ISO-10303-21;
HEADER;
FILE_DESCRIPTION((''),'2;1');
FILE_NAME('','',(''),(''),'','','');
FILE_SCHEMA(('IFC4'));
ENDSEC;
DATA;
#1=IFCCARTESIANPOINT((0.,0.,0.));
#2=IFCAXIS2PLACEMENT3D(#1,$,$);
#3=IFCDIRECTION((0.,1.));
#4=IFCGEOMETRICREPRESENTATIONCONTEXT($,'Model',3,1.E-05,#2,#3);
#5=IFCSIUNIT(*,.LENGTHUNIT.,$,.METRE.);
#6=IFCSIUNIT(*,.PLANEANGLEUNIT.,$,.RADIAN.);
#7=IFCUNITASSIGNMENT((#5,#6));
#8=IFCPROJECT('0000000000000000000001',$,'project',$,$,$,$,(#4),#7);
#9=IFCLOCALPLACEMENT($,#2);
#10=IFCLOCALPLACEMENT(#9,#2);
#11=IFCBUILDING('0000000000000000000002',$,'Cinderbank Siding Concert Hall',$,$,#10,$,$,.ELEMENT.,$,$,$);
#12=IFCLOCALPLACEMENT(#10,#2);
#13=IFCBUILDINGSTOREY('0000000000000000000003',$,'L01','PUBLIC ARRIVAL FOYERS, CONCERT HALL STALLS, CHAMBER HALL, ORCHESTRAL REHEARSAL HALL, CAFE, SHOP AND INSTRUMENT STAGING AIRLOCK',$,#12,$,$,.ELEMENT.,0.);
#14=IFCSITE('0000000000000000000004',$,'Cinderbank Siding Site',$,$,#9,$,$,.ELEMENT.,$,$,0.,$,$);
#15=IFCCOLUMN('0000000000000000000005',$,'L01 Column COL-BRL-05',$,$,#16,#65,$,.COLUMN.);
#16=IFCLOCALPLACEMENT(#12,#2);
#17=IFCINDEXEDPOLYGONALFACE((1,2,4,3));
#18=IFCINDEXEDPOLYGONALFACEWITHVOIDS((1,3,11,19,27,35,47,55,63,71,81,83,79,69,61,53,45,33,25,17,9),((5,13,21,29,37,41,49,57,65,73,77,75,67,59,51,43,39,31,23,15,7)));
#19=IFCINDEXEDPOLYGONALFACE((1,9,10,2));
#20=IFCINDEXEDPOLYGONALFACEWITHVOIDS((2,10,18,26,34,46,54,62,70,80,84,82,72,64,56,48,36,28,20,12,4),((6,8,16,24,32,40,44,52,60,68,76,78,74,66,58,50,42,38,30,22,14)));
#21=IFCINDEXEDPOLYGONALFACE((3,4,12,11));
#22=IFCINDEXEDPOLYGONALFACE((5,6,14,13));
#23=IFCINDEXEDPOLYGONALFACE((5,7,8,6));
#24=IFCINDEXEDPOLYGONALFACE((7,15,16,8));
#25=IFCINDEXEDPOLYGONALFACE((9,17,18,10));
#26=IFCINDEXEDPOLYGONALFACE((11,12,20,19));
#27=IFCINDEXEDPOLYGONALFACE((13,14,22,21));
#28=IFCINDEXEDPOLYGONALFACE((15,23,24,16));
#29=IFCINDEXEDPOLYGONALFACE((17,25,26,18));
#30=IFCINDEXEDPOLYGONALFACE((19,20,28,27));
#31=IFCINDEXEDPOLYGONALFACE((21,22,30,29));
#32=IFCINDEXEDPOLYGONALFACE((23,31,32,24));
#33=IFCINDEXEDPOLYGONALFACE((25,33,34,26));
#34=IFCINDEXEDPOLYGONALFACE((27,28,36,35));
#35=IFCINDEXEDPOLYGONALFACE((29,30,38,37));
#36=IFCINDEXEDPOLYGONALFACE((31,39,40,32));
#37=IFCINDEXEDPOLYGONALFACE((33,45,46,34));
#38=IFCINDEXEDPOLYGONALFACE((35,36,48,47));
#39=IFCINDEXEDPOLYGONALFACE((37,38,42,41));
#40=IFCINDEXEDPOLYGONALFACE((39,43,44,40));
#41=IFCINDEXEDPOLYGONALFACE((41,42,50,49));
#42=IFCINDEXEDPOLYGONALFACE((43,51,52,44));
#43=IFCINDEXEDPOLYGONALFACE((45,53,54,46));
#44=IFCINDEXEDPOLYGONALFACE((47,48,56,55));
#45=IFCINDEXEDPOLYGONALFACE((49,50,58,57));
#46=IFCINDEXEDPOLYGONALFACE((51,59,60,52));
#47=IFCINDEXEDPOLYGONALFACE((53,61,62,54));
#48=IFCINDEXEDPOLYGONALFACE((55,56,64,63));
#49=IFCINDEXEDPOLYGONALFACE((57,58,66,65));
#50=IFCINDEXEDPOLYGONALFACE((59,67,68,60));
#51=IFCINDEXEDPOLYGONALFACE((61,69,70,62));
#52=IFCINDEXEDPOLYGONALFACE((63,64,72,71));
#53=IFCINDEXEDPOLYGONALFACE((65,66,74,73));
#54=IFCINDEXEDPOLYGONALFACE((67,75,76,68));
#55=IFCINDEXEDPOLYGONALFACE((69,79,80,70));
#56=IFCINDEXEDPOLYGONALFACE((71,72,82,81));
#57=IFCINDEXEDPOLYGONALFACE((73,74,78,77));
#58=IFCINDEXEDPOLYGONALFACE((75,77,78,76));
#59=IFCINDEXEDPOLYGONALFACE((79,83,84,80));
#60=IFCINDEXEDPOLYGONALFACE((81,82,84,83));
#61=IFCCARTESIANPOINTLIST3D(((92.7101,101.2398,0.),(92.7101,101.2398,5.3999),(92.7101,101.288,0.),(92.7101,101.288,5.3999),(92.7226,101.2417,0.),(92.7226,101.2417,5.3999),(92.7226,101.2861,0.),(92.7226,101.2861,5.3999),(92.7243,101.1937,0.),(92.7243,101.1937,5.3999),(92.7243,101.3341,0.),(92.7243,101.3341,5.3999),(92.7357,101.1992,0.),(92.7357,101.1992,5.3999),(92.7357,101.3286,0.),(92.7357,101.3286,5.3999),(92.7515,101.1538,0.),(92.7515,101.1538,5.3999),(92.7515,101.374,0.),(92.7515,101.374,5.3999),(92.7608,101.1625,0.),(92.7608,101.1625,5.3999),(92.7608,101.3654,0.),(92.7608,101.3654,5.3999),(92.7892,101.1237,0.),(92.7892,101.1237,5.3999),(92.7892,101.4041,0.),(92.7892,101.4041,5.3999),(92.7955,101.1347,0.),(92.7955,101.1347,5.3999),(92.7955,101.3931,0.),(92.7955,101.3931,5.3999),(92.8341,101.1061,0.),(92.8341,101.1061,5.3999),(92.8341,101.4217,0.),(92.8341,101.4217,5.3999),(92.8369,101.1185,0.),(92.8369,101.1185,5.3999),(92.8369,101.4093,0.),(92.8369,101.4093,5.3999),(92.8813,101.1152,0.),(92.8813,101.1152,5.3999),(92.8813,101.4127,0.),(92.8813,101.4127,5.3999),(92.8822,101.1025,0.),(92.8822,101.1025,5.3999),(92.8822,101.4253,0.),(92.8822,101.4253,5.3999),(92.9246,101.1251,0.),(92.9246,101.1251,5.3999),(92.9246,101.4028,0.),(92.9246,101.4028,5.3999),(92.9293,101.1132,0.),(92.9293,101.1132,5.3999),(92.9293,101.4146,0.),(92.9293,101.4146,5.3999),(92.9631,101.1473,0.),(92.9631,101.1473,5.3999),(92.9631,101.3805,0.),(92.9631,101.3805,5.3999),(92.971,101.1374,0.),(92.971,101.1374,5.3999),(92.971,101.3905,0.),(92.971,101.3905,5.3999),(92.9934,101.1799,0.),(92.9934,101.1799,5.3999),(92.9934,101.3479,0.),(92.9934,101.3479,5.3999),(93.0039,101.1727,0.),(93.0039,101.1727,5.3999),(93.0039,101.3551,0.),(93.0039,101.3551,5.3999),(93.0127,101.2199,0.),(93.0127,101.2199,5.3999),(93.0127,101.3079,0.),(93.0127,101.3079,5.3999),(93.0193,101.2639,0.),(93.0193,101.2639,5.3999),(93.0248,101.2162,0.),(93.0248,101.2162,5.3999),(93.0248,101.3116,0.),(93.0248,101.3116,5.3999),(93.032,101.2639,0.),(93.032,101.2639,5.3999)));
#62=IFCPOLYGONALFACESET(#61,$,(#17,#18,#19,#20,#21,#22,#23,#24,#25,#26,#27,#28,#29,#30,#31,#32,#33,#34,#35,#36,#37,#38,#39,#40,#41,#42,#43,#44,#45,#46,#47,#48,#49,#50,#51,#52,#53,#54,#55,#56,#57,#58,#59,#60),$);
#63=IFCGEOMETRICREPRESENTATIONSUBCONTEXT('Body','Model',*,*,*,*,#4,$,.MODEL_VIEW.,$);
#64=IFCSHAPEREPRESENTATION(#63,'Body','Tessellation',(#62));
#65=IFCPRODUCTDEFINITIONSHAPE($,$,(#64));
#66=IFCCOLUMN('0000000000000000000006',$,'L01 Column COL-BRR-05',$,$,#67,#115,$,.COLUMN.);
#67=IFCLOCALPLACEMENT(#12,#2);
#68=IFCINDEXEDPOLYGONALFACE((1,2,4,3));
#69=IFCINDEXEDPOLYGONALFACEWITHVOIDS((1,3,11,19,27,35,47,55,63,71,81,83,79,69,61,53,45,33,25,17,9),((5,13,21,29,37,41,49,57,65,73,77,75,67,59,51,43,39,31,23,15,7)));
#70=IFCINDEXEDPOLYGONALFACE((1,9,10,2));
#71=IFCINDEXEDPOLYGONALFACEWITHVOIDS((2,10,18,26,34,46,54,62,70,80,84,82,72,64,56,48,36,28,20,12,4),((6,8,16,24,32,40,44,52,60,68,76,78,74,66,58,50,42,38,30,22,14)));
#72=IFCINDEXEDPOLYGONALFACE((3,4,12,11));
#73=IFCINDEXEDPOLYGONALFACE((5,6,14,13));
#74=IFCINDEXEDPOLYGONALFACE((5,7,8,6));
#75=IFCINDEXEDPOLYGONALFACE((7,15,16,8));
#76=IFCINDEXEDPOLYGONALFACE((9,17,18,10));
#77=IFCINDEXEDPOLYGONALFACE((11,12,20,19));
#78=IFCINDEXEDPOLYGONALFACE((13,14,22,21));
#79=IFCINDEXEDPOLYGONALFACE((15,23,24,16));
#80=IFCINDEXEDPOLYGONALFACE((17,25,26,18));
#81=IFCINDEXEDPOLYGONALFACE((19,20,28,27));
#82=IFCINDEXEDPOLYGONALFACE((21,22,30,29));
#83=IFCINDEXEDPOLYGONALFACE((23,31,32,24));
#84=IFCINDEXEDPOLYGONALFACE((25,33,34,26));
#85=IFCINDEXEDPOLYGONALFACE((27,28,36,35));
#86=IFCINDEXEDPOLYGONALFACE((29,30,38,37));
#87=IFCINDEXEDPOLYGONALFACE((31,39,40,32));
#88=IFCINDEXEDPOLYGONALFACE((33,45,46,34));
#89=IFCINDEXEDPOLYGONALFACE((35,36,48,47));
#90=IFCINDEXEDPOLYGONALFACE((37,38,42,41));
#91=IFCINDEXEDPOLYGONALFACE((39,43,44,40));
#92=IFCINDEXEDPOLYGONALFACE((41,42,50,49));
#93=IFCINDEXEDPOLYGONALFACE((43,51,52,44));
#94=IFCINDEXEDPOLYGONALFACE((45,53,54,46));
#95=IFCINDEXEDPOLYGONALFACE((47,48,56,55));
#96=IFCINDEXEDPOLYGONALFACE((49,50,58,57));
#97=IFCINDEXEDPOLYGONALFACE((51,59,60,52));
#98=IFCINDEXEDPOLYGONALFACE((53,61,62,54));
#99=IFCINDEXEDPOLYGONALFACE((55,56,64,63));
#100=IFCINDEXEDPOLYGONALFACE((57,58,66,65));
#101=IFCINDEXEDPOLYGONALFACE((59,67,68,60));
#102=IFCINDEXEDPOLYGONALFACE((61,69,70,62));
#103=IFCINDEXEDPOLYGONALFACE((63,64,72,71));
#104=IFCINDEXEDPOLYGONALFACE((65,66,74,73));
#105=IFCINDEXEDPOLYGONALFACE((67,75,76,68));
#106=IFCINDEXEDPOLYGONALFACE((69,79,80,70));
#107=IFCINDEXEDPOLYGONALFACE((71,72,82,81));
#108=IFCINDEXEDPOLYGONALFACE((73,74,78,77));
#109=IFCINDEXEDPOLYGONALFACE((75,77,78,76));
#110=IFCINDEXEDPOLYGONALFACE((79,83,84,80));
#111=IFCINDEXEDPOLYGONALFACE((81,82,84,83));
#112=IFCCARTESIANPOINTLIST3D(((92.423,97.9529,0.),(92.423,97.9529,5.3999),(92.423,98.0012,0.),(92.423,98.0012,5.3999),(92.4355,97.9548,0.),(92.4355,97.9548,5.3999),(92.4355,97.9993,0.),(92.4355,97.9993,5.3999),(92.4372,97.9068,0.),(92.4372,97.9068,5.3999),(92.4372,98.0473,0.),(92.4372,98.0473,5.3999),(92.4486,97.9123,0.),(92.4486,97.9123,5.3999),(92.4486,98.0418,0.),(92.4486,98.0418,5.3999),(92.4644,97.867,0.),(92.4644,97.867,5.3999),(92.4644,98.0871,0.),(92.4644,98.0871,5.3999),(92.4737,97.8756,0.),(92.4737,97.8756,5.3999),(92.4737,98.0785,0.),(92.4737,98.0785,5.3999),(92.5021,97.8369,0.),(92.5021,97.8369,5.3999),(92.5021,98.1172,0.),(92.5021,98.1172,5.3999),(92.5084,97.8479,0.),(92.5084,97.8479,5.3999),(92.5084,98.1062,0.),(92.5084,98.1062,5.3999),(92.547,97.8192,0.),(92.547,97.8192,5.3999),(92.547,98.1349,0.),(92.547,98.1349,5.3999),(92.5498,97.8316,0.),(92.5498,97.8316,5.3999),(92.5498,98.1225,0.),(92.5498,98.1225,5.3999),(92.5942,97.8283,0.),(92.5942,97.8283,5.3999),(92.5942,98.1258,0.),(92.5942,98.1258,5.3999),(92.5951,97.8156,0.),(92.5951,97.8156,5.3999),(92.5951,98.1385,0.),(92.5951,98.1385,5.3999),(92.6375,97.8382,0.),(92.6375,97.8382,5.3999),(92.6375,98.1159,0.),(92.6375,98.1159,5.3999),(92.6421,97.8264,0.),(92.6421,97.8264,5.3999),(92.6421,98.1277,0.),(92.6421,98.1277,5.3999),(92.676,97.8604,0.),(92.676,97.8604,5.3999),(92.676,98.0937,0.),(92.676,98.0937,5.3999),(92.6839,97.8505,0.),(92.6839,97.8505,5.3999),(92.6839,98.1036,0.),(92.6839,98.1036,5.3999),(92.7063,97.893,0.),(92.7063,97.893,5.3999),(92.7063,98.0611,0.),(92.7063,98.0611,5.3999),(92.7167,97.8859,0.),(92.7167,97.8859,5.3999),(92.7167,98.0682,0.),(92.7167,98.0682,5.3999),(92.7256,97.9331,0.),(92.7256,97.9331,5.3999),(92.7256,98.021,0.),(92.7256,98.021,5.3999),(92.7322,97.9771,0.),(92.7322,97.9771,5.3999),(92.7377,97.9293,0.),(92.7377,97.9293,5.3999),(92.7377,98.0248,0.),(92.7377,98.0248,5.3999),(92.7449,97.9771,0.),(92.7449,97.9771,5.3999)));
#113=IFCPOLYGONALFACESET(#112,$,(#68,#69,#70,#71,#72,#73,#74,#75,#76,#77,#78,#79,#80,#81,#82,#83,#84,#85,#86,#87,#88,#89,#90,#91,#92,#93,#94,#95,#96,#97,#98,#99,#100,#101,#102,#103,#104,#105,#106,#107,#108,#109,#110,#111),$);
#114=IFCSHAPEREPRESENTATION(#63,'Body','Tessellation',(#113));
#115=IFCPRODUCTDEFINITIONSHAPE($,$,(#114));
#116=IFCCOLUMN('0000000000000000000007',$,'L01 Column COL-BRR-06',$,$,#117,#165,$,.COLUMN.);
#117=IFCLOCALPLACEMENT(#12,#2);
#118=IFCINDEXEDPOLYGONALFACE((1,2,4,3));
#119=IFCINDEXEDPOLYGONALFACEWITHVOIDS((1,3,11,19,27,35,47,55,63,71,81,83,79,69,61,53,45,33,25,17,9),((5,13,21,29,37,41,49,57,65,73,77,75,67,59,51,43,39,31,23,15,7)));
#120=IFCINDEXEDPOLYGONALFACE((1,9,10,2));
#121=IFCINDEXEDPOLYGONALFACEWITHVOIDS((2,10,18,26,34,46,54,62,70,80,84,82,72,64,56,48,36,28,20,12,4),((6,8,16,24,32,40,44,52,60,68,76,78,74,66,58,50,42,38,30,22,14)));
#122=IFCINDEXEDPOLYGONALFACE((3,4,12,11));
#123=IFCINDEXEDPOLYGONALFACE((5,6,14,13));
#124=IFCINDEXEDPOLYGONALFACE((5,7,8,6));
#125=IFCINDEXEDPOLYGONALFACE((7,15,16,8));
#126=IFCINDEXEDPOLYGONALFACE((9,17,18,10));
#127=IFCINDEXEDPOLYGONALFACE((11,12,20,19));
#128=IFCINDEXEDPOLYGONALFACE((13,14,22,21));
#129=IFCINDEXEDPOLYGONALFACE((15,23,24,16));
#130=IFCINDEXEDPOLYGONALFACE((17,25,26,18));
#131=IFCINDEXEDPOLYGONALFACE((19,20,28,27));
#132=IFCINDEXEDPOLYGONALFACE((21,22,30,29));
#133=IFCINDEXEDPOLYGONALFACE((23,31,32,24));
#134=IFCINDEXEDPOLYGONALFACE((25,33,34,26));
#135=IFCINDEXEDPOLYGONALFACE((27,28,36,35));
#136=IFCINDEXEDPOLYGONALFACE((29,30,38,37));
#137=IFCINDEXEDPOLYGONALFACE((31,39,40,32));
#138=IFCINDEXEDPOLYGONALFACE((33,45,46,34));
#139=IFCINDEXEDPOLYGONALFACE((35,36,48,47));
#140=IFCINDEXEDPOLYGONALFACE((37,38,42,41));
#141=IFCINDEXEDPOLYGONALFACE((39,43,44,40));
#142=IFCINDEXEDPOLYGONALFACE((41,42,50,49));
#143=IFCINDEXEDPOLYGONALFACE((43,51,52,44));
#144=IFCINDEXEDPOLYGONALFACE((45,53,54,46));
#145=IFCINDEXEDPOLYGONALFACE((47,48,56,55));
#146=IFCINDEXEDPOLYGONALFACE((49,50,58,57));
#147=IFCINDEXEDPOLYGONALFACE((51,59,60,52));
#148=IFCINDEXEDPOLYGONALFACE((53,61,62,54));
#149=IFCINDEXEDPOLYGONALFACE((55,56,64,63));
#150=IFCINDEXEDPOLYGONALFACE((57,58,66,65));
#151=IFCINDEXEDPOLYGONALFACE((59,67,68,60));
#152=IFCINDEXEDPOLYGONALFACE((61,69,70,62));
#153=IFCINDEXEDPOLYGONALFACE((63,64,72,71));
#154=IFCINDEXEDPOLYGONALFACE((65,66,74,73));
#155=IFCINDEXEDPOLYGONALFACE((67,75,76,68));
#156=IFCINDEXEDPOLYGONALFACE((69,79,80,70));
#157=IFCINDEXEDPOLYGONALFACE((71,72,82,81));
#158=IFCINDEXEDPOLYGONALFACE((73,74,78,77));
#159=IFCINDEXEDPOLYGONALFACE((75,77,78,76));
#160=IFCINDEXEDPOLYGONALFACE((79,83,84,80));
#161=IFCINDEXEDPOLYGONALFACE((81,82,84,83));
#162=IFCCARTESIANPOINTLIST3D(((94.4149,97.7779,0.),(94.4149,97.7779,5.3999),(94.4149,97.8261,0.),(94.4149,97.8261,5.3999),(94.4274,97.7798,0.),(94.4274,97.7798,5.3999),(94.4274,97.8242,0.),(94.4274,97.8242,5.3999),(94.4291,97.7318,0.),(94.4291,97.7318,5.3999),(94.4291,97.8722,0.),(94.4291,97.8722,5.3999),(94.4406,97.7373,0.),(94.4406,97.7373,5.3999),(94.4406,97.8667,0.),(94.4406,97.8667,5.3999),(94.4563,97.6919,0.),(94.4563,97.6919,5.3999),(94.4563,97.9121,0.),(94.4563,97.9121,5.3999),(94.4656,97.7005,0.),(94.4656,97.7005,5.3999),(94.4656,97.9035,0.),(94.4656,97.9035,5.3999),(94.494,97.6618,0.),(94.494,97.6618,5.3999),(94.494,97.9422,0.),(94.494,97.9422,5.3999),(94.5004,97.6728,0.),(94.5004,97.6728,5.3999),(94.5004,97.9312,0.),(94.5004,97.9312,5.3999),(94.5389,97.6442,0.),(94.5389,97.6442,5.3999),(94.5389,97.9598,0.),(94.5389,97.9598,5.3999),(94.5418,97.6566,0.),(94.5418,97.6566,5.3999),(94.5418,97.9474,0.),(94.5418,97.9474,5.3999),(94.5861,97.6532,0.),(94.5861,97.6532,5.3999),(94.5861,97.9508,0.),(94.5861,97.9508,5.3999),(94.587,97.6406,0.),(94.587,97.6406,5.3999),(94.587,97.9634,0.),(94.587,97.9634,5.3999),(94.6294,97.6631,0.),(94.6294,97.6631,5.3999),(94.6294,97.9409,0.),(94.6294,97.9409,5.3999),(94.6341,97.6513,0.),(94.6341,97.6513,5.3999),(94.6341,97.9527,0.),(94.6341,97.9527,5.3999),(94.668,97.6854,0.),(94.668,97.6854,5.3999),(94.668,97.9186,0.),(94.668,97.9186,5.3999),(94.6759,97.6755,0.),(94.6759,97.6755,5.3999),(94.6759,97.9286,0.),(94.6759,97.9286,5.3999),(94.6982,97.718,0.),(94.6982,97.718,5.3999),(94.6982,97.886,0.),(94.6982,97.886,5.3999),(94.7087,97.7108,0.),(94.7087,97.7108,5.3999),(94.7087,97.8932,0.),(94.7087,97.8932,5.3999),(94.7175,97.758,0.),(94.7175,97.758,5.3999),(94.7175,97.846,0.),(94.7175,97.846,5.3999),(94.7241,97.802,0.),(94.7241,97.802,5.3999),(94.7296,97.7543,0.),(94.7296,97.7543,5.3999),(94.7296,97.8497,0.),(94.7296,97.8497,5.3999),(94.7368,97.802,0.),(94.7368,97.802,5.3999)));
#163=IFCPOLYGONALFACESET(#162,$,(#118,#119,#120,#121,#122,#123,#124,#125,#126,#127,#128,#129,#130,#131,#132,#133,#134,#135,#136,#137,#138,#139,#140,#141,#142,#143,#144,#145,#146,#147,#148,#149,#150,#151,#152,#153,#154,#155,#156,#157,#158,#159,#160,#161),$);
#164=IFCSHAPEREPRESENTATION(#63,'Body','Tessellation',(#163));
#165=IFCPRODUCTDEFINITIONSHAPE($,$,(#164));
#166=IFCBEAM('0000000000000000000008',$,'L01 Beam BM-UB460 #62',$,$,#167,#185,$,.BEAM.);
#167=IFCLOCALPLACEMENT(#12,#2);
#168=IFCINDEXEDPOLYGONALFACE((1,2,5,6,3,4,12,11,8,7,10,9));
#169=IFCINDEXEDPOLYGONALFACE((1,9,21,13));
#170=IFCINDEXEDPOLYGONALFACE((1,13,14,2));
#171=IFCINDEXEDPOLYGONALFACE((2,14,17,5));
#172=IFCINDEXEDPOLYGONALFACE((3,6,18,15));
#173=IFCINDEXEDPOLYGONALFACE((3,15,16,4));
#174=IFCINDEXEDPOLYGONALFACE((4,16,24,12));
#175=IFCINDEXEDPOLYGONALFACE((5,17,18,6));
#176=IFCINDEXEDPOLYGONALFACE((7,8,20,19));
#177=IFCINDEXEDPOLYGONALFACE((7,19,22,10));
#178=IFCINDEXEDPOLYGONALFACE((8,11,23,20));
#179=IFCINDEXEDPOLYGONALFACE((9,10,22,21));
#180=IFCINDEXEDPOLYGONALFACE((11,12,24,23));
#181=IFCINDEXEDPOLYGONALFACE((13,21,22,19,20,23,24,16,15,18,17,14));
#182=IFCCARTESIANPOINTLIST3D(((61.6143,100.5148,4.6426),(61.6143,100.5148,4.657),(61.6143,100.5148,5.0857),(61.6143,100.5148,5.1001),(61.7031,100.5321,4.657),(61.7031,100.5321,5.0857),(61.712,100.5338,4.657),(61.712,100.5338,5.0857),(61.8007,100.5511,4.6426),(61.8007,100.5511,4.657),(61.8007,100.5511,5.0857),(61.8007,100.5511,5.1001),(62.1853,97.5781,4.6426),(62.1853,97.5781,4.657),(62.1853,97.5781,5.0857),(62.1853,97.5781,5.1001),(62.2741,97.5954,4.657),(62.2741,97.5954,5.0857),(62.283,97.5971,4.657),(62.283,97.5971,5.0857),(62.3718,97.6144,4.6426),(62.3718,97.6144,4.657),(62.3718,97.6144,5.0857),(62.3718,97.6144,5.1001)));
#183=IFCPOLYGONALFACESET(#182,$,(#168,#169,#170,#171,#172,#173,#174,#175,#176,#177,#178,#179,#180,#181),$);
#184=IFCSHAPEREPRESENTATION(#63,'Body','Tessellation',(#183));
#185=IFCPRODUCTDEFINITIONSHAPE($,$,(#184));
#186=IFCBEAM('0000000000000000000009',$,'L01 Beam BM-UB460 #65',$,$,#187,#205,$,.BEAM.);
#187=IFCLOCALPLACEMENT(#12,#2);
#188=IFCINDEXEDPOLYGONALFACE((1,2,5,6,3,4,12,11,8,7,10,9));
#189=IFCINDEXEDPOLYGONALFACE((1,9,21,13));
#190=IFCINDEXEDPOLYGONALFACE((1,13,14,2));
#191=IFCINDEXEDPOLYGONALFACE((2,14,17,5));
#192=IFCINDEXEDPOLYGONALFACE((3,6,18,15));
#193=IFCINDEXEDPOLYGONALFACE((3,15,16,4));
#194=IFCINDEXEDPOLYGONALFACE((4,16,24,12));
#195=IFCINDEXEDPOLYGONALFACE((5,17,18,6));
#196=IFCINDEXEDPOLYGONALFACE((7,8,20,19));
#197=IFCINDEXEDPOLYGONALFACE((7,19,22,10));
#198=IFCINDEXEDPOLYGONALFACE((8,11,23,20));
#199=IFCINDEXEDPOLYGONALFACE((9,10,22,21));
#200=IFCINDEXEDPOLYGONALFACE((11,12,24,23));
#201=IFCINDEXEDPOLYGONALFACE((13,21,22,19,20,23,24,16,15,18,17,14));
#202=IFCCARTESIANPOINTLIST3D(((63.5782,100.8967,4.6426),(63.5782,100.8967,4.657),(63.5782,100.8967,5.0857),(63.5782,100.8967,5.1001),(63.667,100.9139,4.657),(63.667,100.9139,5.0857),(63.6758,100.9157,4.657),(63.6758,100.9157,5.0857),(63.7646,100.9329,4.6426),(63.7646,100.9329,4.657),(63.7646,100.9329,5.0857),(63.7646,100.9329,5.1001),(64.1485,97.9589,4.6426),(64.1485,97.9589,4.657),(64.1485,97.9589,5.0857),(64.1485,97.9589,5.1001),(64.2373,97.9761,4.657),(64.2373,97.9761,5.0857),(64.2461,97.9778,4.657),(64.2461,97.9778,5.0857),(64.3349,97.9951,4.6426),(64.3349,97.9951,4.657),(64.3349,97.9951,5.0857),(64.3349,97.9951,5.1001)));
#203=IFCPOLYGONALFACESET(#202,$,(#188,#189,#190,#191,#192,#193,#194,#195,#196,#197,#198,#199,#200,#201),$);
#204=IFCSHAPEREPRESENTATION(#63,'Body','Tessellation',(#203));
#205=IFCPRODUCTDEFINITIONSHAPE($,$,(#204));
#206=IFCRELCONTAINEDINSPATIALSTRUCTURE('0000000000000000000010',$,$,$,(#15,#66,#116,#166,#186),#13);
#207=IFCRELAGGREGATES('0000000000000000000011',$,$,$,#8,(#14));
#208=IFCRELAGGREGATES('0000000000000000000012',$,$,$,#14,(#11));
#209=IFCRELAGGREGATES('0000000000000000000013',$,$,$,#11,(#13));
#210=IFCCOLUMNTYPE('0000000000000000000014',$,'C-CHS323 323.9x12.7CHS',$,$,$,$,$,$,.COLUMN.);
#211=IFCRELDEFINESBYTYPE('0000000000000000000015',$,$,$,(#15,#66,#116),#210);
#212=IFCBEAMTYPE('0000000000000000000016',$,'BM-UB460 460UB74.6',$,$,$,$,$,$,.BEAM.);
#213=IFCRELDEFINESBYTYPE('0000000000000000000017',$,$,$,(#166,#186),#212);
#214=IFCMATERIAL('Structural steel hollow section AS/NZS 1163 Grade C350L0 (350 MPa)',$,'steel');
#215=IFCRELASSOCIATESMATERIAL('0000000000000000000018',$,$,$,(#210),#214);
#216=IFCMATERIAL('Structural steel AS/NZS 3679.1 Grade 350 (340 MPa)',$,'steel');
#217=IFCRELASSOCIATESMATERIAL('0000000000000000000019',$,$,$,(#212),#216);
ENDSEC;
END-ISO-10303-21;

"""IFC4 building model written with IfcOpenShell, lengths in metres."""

from ifc_helpers import new_model, si_unit, direction, frame, origin, origin_2d, place, context, subcontext, project, spatial, hollow_circle, i_section, extrude, material, material_profile, profile_set, type_object, element, save


model = new_model("IFC4")

# Units and contexts
model_context = context("Model", 3, precision=1e-05, world=origin(), true_north=direction((0.0, 1.0)))
body_context = subcontext(model_context, "Body", "Model", "MODEL_VIEW")
ifc_project = project(units=[si_unit("LENGTHUNIT", "METRE"), si_unit("PLANEANGLEUNIT", "RADIAN")], contexts=[model_context])

# Site, building, storey
site_placement = place(None, origin())
site = spatial("IfcSite", under=ifc_project, at=site_placement, Name="Cinderbank Siding Site", CompositionType="ELEMENT", RefElevation=0.0)
building_placement = place(site_placement, origin())
building = spatial("IfcBuilding", under=site, at=building_placement, Name="Cinderbank Siding Concert Hall", CompositionType="ELEMENT")
storey_placement = place(building_placement, origin())
storey = spatial("IfcBuildingStorey", under=building, at=storey_placement, Name="L01", Description="PUBLIC ARRIVAL FOYERS, CONCERT HALL STALLS, CHAMBER HALL, ORCHESTRAL REHEARSAL HALL, CAFE, SHOP AND INSTRUMENT STAGING AIRLOCK", CompositionType="ELEMENT", Elevation=0.0)

# Columns
ifc_material_1 = material(Name="Structural steel hollow section AS/NZS 1163 Grade C350L0 (350 MPa)", Category="steel")
ifc_material_profile_1 = material_profile(ifc_material_1, hollow_circle(Radius=0.1619, WallThickness=0.0127, at=origin_2d()), Name="323.9x12.7CHS", Category="LoadBearing")
ifc_profile_set_1 = profile_set([ifc_material_profile_1], Name="Structural steel hollow section AS/NZS 1163 Grade C350L0 (350 MPa)")
column_type = type_object("IfcColumnType", Name="C-CHS323 323.9x12.7CHS", PredefinedType="COLUMN", material=ifc_profile_set_1)
for number, where, z_axis, x_axis, name in (
    (1, (92.8701, 101.2639, 0.0), (0.0, 0.0, 1.0), (1.0, 0.0, 0.0), "L01 Column COL-BRL-05"),
    (2, (92.583, 97.9771, 0.0), (0.0, 0.0, 1.0), (1.0, 0.0, 0.0), "L01 Column COL-BRR-05"),
    (3, (94.575, 97.802, 0.0), (0.0, 0.0, 1.0), (1.0, 0.0, 0.0), "L01 Column COL-BRR-06"),
):
    element("IfcColumn", number, at=place(storey_placement, frame(where, z_axis=z_axis, x_axis=x_axis)), inside=storey, type_object=column_type, Name=name, PredefinedType="COLUMN", context=body_context, shape_type="SweptSolid", body=[
        extrude(hollow_circle(Radius=0.1619, WallThickness=0.0127, at=origin_2d()), origin(), (0.0, 0.0, 1.0), 5.3999),
    ])

# Beams
ifc_material_2 = material(Name="Structural steel AS/NZS 3679.1 Grade 350 (340 MPa)", Category="steel")
ifc_material_profile_2 = material_profile(ifc_material_2, i_section(OverallWidth=0.1899, OverallDepth=0.4575, WebThickness=0.009, FlangeThickness=0.0144, at=origin_2d()), Name="460UB74.6", Category="LoadBearing")
ifc_profile_set_2 = profile_set([ifc_material_profile_2], Name="Structural steel AS/NZS 3679.1 Grade 350 (340 MPa)")
beam_type_1 = type_object("IfcBeamType", Name="BM-UB460 460UB74.6", PredefinedType="BEAM", material=ifc_profile_set_2)
beam_1_placement = place(storey_placement, frame((61.7075, 100.533, 4.8713), z_axis=(0.190872, -0.981615, 0.0), x_axis=(0.981615, 0.190872, 0.0)))
element("IfcBeam", 4, at=beam_1_placement, inside=storey, type_object=beam_type_1, Name="L01 Beam BM-UB460 #62", PredefinedType="BEAM", context=body_context, shape_type="SweptSolid", body=[
    extrude(i_section(OverallWidth=0.1899, OverallDepth=0.4575, WebThickness=0.009, FlangeThickness=0.0144, at=origin_2d()), origin(), (0.0, 0.0, 1.0), 2.9917),
])
beam_2_placement = place(storey_placement, frame((63.6714, 100.9148, 4.8713), z_axis=(0.190575, -0.981673, 0.0), x_axis=(0.981673, 0.190575, 0.0)))
element("IfcBeam", 5, at=beam_2_placement, inside=storey, type_object=beam_type_1, Name="L01 Beam BM-UB460 #65", PredefinedType="BEAM", context=body_context, shape_type="SweptSolid", body=[
    extrude(i_section(OverallWidth=0.1899, OverallDepth=0.4575, WebThickness=0.009, FlangeThickness=0.0144, at=origin_2d()), origin(), (0.0, 0.0, 1.0), 2.9927),
])

save(model, "model.ifc")
